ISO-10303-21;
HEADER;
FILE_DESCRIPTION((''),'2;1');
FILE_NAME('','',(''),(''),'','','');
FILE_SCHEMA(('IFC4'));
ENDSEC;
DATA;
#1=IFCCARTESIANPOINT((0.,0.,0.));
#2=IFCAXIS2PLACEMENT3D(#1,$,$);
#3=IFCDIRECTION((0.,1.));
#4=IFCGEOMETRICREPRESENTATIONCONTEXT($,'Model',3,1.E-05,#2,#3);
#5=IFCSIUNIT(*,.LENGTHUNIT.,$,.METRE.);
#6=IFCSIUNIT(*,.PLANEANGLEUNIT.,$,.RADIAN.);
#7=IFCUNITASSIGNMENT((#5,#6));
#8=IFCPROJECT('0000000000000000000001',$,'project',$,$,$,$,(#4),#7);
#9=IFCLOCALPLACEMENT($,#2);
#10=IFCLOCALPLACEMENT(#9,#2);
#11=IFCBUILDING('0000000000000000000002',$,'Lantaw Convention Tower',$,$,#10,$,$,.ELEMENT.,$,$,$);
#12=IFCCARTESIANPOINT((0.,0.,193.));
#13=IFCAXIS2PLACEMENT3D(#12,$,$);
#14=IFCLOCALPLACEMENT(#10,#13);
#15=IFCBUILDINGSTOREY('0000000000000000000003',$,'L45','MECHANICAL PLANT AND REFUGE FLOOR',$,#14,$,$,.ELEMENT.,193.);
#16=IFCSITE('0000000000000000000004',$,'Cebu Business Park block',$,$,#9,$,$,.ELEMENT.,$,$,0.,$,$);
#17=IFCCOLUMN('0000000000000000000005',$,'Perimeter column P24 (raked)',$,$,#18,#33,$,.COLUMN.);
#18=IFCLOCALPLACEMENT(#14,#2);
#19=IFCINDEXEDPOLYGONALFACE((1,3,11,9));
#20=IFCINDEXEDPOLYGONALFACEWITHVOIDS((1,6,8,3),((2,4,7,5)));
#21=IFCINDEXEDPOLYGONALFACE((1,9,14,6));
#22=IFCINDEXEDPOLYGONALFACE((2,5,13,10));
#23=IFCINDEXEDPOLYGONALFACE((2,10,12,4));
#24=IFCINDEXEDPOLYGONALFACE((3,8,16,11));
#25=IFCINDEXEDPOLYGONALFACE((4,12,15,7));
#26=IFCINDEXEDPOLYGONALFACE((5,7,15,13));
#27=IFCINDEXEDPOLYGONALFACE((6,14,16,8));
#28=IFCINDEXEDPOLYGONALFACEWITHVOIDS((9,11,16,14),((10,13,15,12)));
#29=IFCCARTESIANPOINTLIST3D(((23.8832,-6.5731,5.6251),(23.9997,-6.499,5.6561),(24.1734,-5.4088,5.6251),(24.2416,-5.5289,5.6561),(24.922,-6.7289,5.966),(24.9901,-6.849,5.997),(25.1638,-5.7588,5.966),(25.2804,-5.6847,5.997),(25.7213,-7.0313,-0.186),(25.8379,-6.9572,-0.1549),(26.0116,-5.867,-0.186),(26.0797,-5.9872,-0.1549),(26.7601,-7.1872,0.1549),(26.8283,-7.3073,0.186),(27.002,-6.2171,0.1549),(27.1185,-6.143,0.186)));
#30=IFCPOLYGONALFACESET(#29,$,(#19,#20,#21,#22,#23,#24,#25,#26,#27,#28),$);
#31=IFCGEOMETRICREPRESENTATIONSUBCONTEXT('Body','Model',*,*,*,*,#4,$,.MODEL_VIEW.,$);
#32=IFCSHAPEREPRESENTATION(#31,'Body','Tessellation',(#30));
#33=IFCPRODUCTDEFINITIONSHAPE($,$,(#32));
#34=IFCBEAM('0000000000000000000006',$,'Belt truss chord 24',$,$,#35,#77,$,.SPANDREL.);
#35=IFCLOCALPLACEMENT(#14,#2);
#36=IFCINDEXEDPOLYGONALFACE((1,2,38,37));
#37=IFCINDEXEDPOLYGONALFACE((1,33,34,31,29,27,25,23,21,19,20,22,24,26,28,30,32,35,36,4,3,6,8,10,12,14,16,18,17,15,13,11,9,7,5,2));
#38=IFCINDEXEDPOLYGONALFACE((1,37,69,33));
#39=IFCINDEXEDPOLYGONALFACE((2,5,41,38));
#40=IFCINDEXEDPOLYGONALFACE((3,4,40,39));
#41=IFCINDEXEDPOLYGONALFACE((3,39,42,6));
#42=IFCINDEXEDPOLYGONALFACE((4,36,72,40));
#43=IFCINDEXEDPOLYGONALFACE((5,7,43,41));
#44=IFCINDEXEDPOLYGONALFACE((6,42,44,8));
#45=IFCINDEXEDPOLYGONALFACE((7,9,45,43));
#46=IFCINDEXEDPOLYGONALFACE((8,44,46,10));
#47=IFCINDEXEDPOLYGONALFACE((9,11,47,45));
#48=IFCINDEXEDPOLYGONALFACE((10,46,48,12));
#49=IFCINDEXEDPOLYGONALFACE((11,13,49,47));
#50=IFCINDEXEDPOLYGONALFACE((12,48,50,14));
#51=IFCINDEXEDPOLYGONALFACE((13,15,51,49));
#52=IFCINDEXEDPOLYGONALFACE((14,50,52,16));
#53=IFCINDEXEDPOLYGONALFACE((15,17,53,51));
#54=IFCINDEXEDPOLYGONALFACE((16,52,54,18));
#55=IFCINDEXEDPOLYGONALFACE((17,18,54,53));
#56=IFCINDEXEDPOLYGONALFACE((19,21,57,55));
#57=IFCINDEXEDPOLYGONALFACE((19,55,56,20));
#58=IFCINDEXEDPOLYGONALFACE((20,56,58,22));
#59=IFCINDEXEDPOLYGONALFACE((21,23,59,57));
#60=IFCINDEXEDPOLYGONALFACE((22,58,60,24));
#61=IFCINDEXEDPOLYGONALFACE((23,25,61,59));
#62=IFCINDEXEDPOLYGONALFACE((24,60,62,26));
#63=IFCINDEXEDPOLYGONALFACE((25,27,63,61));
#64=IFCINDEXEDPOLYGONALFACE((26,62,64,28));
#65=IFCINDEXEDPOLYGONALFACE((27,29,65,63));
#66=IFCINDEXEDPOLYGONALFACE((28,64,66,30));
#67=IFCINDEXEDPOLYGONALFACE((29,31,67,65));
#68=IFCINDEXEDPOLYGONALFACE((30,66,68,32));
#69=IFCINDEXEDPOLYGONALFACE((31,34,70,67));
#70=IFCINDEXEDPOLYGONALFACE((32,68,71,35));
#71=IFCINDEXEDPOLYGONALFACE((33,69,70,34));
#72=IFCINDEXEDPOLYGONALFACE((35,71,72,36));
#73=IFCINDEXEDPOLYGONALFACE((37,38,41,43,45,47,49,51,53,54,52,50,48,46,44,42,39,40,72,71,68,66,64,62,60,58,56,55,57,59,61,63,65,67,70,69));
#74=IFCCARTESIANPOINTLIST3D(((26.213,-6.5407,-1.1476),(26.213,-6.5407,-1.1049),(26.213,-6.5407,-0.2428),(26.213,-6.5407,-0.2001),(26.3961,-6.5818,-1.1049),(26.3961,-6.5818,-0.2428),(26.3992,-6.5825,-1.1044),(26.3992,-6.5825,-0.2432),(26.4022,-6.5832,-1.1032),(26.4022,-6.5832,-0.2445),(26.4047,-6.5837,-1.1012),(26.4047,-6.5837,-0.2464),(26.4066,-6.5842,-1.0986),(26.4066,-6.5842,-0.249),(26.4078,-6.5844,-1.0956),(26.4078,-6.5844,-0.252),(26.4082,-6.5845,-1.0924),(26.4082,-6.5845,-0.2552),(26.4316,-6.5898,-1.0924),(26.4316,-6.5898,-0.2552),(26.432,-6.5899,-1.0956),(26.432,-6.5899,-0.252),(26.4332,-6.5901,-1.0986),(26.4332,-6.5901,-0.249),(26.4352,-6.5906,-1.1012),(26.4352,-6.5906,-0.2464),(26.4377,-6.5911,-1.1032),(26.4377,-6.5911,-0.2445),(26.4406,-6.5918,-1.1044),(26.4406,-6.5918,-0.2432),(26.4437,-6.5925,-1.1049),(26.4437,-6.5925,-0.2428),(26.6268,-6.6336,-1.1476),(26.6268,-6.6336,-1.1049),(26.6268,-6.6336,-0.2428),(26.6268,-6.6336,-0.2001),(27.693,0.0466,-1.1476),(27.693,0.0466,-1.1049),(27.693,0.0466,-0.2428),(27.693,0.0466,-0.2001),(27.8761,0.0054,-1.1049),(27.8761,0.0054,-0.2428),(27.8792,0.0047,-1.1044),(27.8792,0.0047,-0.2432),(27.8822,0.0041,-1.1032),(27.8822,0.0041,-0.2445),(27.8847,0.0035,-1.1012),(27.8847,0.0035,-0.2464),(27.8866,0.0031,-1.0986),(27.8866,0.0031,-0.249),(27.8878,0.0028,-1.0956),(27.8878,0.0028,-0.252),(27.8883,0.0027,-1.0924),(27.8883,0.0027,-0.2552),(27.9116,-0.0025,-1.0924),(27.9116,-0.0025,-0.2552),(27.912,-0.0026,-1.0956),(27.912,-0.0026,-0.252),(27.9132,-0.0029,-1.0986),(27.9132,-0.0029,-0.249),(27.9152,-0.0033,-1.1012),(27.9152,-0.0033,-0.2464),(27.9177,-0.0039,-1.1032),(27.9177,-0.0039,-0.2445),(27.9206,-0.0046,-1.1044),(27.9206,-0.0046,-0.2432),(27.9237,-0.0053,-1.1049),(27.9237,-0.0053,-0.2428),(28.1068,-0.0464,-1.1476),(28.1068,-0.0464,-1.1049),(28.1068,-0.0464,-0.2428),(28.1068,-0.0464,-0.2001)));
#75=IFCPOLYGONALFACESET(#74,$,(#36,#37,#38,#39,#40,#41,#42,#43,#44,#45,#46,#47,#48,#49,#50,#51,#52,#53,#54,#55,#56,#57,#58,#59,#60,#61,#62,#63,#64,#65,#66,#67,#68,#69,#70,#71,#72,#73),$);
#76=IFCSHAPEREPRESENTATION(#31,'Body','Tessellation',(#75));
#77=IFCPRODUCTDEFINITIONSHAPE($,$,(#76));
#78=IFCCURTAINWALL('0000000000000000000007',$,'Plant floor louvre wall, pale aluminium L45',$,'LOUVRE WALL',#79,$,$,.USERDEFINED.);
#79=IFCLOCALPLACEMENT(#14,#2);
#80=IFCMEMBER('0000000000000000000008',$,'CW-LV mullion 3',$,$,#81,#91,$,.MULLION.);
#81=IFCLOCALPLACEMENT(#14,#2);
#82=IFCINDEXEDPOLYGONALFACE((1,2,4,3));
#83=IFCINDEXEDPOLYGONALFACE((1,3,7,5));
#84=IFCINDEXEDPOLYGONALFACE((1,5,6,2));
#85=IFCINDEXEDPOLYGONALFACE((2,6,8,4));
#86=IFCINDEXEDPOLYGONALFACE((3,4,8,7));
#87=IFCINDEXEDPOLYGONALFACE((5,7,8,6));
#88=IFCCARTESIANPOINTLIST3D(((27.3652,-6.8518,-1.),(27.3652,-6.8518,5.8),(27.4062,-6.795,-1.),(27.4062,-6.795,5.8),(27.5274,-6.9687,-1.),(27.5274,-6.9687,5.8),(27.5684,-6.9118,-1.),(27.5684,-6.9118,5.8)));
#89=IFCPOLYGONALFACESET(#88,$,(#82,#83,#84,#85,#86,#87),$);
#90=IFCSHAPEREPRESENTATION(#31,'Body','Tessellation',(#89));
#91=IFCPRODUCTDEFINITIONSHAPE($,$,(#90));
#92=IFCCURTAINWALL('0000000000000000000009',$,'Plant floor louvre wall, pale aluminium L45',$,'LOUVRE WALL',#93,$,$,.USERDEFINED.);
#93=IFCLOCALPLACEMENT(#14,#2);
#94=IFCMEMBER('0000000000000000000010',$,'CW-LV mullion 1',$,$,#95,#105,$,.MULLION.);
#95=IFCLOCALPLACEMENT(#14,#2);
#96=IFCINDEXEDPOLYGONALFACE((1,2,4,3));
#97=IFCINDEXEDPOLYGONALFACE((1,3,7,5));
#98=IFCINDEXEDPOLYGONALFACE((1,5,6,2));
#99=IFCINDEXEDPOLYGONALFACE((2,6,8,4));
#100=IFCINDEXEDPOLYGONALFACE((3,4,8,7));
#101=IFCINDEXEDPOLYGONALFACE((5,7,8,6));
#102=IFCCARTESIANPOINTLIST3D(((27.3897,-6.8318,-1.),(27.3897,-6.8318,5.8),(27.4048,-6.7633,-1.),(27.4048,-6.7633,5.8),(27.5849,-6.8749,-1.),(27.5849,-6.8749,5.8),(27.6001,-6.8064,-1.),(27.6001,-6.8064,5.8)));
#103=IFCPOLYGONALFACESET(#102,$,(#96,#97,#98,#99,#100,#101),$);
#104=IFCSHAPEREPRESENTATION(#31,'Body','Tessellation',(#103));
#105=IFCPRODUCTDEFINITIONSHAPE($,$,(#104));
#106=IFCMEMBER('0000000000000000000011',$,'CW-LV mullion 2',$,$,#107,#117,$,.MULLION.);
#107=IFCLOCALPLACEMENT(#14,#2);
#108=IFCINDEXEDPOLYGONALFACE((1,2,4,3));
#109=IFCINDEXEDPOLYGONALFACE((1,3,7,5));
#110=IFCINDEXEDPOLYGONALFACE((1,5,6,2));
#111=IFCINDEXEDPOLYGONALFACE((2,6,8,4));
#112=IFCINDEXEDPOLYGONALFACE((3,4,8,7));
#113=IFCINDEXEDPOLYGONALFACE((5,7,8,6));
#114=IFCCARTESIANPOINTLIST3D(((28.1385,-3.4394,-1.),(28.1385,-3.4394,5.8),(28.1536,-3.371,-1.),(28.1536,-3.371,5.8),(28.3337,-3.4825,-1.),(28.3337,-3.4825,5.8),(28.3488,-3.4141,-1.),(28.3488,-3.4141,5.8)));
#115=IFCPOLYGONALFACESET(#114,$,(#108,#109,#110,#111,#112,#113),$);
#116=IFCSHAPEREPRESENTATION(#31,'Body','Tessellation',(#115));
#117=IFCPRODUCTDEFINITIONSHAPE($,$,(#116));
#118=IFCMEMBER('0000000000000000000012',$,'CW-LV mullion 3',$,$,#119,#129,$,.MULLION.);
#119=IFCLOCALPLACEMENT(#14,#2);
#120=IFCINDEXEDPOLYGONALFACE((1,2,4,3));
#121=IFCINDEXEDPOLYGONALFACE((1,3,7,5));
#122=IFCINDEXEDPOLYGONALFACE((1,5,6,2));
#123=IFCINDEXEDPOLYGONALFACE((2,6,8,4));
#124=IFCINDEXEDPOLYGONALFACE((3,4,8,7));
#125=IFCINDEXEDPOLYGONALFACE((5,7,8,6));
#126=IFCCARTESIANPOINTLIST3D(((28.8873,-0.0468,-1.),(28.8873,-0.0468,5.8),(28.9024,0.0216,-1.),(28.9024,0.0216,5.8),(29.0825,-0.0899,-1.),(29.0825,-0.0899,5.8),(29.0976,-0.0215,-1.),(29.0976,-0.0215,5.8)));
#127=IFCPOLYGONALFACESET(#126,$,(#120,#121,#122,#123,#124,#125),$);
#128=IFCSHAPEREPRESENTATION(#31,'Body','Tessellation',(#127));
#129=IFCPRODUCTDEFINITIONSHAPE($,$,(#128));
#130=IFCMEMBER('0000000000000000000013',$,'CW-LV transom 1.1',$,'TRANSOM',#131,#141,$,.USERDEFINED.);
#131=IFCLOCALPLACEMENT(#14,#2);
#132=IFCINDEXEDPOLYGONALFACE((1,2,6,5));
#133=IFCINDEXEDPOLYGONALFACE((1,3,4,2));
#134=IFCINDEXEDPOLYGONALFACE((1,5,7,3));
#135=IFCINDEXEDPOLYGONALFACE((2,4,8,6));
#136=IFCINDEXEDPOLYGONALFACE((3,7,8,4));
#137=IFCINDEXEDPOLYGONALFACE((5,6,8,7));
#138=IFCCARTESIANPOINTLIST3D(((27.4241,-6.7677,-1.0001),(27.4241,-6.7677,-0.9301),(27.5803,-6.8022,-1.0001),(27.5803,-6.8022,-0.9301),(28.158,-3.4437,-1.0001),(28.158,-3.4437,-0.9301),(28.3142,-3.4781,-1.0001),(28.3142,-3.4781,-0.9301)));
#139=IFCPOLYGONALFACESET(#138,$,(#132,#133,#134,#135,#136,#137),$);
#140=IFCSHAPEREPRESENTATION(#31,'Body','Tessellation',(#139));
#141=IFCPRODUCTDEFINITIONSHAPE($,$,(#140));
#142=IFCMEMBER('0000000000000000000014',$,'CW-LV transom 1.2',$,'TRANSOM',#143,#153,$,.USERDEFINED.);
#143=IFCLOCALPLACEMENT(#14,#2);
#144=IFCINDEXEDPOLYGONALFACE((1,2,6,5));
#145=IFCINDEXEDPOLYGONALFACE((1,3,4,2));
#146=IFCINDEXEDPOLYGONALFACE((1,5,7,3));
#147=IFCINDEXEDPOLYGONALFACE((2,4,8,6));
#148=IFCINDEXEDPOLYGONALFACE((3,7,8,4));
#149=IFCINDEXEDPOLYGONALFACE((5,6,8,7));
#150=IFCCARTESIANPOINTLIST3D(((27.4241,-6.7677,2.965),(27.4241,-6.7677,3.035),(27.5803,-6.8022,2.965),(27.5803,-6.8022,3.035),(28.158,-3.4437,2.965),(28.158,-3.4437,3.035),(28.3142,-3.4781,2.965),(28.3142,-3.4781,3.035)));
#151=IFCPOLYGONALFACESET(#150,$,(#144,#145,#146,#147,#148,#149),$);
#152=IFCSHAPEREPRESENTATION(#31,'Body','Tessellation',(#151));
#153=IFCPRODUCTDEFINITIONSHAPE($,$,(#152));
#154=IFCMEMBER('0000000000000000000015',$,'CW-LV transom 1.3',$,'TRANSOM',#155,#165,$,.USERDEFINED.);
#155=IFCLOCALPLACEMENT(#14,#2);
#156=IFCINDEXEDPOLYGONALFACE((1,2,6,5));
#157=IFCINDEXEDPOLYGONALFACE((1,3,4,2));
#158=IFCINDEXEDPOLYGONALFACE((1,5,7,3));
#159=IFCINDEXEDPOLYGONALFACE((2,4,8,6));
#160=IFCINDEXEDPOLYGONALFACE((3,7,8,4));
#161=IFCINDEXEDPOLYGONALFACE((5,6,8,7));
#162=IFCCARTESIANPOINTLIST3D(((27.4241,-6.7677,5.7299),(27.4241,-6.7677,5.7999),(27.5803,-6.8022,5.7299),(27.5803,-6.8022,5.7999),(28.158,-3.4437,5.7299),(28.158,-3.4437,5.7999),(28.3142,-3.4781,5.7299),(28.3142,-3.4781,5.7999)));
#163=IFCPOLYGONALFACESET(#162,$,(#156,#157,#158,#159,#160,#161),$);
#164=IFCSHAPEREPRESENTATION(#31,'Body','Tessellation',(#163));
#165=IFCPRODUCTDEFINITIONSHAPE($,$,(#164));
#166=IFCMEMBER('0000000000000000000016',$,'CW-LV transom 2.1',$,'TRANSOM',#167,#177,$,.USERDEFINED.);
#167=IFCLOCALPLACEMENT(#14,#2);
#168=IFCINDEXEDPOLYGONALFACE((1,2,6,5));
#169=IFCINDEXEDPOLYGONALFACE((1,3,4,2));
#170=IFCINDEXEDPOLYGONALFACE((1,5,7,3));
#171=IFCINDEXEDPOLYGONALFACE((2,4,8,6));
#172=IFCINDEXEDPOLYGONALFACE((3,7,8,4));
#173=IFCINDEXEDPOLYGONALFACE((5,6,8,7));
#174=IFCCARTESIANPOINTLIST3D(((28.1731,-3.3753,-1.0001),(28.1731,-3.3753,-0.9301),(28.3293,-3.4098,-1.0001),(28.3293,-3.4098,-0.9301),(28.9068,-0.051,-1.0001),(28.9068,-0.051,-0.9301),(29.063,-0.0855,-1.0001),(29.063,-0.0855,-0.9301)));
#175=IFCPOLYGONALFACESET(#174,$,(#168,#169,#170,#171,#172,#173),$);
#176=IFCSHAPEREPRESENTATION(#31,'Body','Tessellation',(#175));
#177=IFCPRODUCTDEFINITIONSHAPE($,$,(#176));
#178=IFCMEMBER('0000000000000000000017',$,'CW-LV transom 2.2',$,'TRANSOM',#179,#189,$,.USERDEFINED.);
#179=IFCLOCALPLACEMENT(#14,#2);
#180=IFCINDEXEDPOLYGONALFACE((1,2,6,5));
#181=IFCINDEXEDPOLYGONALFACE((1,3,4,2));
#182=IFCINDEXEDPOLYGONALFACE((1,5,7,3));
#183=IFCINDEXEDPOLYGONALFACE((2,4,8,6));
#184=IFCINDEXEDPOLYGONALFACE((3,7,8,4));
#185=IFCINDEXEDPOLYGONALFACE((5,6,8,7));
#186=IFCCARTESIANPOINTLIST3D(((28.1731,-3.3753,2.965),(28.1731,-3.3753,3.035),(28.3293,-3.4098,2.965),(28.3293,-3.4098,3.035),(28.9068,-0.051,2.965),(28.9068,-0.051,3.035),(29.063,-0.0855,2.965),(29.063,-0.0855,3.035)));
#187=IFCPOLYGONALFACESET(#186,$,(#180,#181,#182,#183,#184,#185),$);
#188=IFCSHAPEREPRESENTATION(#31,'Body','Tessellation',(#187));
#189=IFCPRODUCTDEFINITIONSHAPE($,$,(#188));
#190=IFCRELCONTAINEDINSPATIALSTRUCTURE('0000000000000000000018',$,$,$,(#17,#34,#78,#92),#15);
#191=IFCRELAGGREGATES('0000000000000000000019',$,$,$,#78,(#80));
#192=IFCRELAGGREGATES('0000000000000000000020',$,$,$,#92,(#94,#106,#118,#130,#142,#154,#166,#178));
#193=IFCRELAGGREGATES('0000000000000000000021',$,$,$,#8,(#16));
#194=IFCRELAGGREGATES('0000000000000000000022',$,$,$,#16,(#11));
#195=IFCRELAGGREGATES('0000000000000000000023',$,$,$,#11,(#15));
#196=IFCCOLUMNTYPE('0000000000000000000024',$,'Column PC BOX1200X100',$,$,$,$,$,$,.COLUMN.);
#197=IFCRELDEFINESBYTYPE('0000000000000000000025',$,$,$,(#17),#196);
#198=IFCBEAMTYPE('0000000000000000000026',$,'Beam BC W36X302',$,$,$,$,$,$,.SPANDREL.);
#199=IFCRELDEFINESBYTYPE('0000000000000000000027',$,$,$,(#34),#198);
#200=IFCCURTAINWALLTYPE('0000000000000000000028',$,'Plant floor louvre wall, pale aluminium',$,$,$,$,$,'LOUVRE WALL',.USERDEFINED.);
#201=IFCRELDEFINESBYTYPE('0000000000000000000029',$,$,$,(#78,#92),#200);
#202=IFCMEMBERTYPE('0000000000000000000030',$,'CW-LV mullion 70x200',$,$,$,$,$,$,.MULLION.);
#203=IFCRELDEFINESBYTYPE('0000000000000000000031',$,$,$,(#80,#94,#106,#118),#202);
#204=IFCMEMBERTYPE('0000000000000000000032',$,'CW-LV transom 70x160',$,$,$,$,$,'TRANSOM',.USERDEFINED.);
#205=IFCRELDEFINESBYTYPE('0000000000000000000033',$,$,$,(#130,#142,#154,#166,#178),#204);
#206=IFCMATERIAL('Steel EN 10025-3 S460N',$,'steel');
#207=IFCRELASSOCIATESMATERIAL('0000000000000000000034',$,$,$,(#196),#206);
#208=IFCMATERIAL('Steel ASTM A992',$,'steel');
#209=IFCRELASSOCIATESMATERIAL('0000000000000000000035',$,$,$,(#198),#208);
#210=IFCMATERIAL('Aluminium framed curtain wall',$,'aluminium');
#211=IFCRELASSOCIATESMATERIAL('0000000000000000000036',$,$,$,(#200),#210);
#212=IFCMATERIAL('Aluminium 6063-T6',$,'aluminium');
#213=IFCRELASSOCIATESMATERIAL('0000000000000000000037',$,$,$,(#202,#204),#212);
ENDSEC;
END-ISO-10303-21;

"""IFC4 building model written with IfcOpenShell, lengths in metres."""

from ifc_helpers import new_model, si_unit, direction, frame, origin, origin_2d, place, context, subcontext, project, spatial, rectangle, hollow_rectangle, i_section, extrude, material, material_profile, profile_set, type_object, element, aggregate, save


model = new_model("IFC4")

# Units and contexts
model_context = context("Model", 3, precision=1e-05, world=origin(), true_north=direction((0.0, 1.0)))
body_context = subcontext(model_context, "Body", "Model", "MODEL_VIEW")
ifc_project = project(units=[si_unit("LENGTHUNIT", "METRE"), si_unit("PLANEANGLEUNIT", "RADIAN")], contexts=[model_context])

# Site, building, storey
site_placement = place(None, origin())
site = spatial("IfcSite", under=ifc_project, at=site_placement, Name="Cebu Business Park block", CompositionType="ELEMENT", RefElevation=0.0)
building_placement = place(site_placement, origin())
building = spatial("IfcBuilding", under=site, at=building_placement, Name="Lantaw Convention Tower", CompositionType="ELEMENT")
storey_placement = place(building_placement, frame((0.0, 0.0, 193.0)))
storey = spatial("IfcBuildingStorey", under=building, at=storey_placement, Name="L45", Description="MECHANICAL PLANT AND REFUGE FLOOR", CompositionType="ELEMENT", Elevation=193.0)

# Column
ifc_material_1 = material(Name="Steel EN 10025-3 S460N", Category="steel")
ifc_material_profile_1 = material_profile(ifc_material_1, hollow_rectangle(XDim=1.2, YDim=1.2, WallThickness=0.1001, at=origin_2d()), Name="BOX1200X100")
ifc_material_2 = material(Name="Concrete C60/75", Category="concrete")
ifc_material_profile_2 = material_profile(ifc_material_2, rectangle(XDim=1.0, YDim=1.0, at=origin_2d()), Name="Concrete fill of BOX1200X100")
ifc_profile_set_1 = profile_set([ifc_material_profile_1, ifc_material_profile_2], Name="Steel EN 10025-3 S460N")
column_type = type_object("IfcColumnType", Name="Column PC BOX1200X100", PredefinedType="COLUMN", material=ifc_profile_set_1)
column_placement = place(storey_placement, frame((26.4199, -6.5872, 0.0), z_axis=(-0.300741, 0.074975, 0.950754), x_axis=(-0.241899, -0.970301, 0.0)))
element("IfcColumn", 1, at=column_placement, inside=storey, type_object=column_type, Name="Perimeter column P24 (raked)", PredefinedType="COLUMN", context=body_context, shape_type="SweptSolid", body=[
    extrude(hollow_rectangle(XDim=1.2, YDim=1.2, WallThickness=0.1001, at=origin_2d()), origin(), (0.0, 0.0, 1.0), 6.1121),
])

# Beam
ifc_material_3 = material(Name="Steel ASTM A992", Category="steel")
ifc_material_profile_3 = material_profile(ifc_material_3, i_section(OverallWidth=0.4241, OverallDepth=0.9475, WebThickness=0.0239, FlangeThickness=0.0427, FilletRadius=0.0125, at=origin_2d()), Name="W36X302")
ifc_profile_set_2 = profile_set([ifc_material_profile_3], Name="Steel ASTM A992")
beam_type = type_object("IfcBeamType", Name="Beam BC W36X302", PredefinedType="SPANDREL", material=ifc_profile_set_2)
beam_placement = place(storey_placement, frame((26.4199, -6.5872, -0.6738), z_axis=(0.219212, 0.975677, 0.0), x_axis=(-0.975677, 0.219212, 0.0)))
element("IfcBeam", 2, at=beam_placement, inside=storey, type_object=beam_type, Name="Belt truss chord 24", PredefinedType="SPANDREL", context=body_context, shape_type="SweptSolid", body=[
    extrude(i_section(OverallWidth=0.4241, OverallDepth=0.9475, WebThickness=0.0239, FlangeThickness=0.0427, FilletRadius=0.0125, at=origin_2d()), origin(), (0.0, 0.0, 1.0), 6.7515),
])

# Curtain wall, member
ifc_material_4 = material(Name="Aluminium framed curtain wall", Category="aluminium")
curtain_wall_type = type_object("IfcCurtainWallType", Name="Plant floor louvre wall, pale aluminium", ElementType="LOUVRE WALL", PredefinedType="USERDEFINED", material=ifc_material_4)
curtain_wall_1_placement = place(storey_placement, origin())
curtain_wall_1 = element("IfcCurtainWall", 3, at=curtain_wall_1_placement, inside=storey, type_object=curtain_wall_type, Name="Plant floor louvre wall, pale aluminium L45", ObjectType="LOUVRE WALL", PredefinedType="USERDEFINED")
ifc_material_5 = material(Name="Aluminium 6063-T6", Category="aluminium")
ifc_material_profile_4 = material_profile(ifc_material_5, rectangle(XDim=0.2, YDim=0.0701, at=origin_2d()), Name="CW-LV mullion 70x200")
ifc_profile_set_3 = profile_set([ifc_material_profile_4], Name="Aluminium 6063-T6")
member_type_1 = type_object("IfcMemberType", Name="CW-LV mullion 70x200", PredefinedType="MULLION", material=ifc_profile_set_3)
member_1_placement = place(storey_placement, frame((27.4668, -6.8818, -1.0), z_axis=(0.0, 0.0, 1.0), x_axis=(-0.811385, 0.584513, 0.0)))
member_1 = element("IfcMember", 4, at=member_1_placement, type_object=member_type_1, Name="CW-LV mullion 3", PredefinedType="MULLION", context=body_context, shape_type="SweptSolid", body=[
    extrude(rectangle(XDim=0.2, YDim=0.0701, at=origin_2d()), origin(), (0.0, 0.0, 1.0), 6.8),
])

# Curtain wall, members
curtain_wall_2_placement = place(storey_placement, origin())
curtain_wall_2 = element("IfcCurtainWall", 5, at=curtain_wall_2_placement, inside=storey, type_object=curtain_wall_type, Name="Plant floor louvre wall, pale aluminium L45", ObjectType="LOUVRE WALL", PredefinedType="USERDEFINED")
member_2_placement = place(storey_placement, frame((27.4949, -6.8191, -1.0), z_axis=(0.0, 0.0, 1.0), x_axis=(-0.976494, 0.215546, 0.0)))
member_2 = element("IfcMember", 6, at=member_2_placement, type_object=member_type_1, Name="CW-LV mullion 1", PredefinedType="MULLION", context=body_context, shape_type="SweptSolid", body=[
    extrude(rectangle(XDim=0.2, YDim=0.0701, at=origin_2d()), origin(), (0.0, 0.0, 1.0), 6.8),
])
member_3_placement = place(storey_placement, frame((28.2437, -3.4268, -1.0), z_axis=(0.0, 0.0, 1.0), x_axis=(-0.976494, 0.215546, 0.0)))
member_3 = element("IfcMember", 7, at=member_3_placement, type_object=member_type_1, Name="CW-LV mullion 2", PredefinedType="MULLION", context=body_context, shape_type="SweptSolid", body=[
    extrude(rectangle(XDim=0.2, YDim=0.0701, at=origin_2d()), origin(), (0.0, 0.0, 1.0), 6.8),
])
member_4_placement = place(storey_placement, frame((28.9924, -0.0342, -1.0), z_axis=(0.0, 0.0, 1.0), x_axis=(-0.976494, 0.215546, 0.0)))
member_4 = element("IfcMember", 8, at=member_4_placement, type_object=member_type_1, Name="CW-LV mullion 3", PredefinedType="MULLION", context=body_context, shape_type="SweptSolid", body=[
    extrude(rectangle(XDim=0.2, YDim=0.0701, at=origin_2d()), origin(), (0.0, 0.0, 1.0), 6.8),
])
ifc_material_profile_5 = material_profile(ifc_material_5, rectangle(XDim=0.1599, YDim=0.0701, at=origin_2d()), Name="CW-LV transom 70x160")
ifc_profile_set_4 = profile_set([ifc_material_profile_5], Name="Aluminium 6063-T6")
member_type_2 = type_object("IfcMemberType", Name="CW-LV transom 70x160", ElementType="TRANSOM", PredefinedType="USERDEFINED", material=ifc_profile_set_4)
member_5_placement = place(storey_placement, frame((27.5022, -6.7849, -0.9651), z_axis=(0.215594, 0.976483, 0.0), x_axis=(-0.976483, 0.215594, 0.0)))
member_5 = element("IfcMember", 9, at=member_5_placement, type_object=member_type_2, Name="CW-LV transom 1.1", ObjectType="TRANSOM", PredefinedType="USERDEFINED", context=body_context, shape_type="SweptSolid", body=[
    extrude(rectangle(XDim=0.1599, YDim=0.0701, at=origin_2d()), origin(), (0.0, 0.0, 1.0), 3.4041),
])
member_6_placement = place(storey_placement, frame((27.5022, -6.7849, 3.0), z_axis=(0.215594, 0.976483, 0.0), x_axis=(-0.976483, 0.215594, 0.0)))
member_6 = element("IfcMember", 10, at=member_6_placement, type_object=member_type_2, Name="CW-LV transom 1.2", ObjectType="TRANSOM", PredefinedType="USERDEFINED", context=body_context, shape_type="SweptSolid", body=[
    extrude(rectangle(XDim=0.1599, YDim=0.0701, at=origin_2d()), origin(), (0.0, 0.0, 1.0), 3.4041),
])
member_7_placement = place(storey_placement, frame((27.5022, -6.7849, 5.7649), z_axis=(0.215594, 0.976483, 0.0), x_axis=(-0.976483, 0.215594, 0.0)))
member_7 = element("IfcMember", 11, at=member_7_placement, type_object=member_type_2, Name="CW-LV transom 1.3", ObjectType="TRANSOM", PredefinedType="USERDEFINED", context=body_context, shape_type="SweptSolid", body=[
    extrude(rectangle(XDim=0.1599, YDim=0.0701, at=origin_2d()), origin(), (0.0, 0.0, 1.0), 3.4041),
])
member_8_placement = place(storey_placement, frame((28.2512, -3.3926, -0.9651), z_axis=(0.21551, 0.976502, 0.0), x_axis=(-0.976502, 0.21551, 0.0)))
member_8 = element("IfcMember", 12, at=member_8_placement, type_object=member_type_2, Name="CW-LV transom 2.1", ObjectType="TRANSOM", PredefinedType="USERDEFINED", context=body_context, shape_type="SweptSolid", body=[
    extrude(rectangle(XDim=0.1599, YDim=0.0701, at=origin_2d()), origin(), (0.0, 0.0, 1.0), 3.4043),
])
member_9_placement = place(storey_placement, frame((28.2512, -3.3926, 3.0), z_axis=(0.21551, 0.976502, 0.0), x_axis=(-0.976502, 0.21551, 0.0)))
member_9 = element("IfcMember", 13, at=member_9_placement, type_object=member_type_2, Name="CW-LV transom 2.2", ObjectType="TRANSOM", PredefinedType="USERDEFINED", context=body_context, shape_type="SweptSolid", body=[
    extrude(rectangle(XDim=0.1599, YDim=0.0701, at=origin_2d()), origin(), (0.0, 0.0, 1.0), 3.4043),
])

aggregate(curtain_wall_1, [member_1])
aggregate(curtain_wall_2, [member_2, member_3, member_4, member_5, member_6, member_7, member_8, member_9])

save(model, "model.ifc")
